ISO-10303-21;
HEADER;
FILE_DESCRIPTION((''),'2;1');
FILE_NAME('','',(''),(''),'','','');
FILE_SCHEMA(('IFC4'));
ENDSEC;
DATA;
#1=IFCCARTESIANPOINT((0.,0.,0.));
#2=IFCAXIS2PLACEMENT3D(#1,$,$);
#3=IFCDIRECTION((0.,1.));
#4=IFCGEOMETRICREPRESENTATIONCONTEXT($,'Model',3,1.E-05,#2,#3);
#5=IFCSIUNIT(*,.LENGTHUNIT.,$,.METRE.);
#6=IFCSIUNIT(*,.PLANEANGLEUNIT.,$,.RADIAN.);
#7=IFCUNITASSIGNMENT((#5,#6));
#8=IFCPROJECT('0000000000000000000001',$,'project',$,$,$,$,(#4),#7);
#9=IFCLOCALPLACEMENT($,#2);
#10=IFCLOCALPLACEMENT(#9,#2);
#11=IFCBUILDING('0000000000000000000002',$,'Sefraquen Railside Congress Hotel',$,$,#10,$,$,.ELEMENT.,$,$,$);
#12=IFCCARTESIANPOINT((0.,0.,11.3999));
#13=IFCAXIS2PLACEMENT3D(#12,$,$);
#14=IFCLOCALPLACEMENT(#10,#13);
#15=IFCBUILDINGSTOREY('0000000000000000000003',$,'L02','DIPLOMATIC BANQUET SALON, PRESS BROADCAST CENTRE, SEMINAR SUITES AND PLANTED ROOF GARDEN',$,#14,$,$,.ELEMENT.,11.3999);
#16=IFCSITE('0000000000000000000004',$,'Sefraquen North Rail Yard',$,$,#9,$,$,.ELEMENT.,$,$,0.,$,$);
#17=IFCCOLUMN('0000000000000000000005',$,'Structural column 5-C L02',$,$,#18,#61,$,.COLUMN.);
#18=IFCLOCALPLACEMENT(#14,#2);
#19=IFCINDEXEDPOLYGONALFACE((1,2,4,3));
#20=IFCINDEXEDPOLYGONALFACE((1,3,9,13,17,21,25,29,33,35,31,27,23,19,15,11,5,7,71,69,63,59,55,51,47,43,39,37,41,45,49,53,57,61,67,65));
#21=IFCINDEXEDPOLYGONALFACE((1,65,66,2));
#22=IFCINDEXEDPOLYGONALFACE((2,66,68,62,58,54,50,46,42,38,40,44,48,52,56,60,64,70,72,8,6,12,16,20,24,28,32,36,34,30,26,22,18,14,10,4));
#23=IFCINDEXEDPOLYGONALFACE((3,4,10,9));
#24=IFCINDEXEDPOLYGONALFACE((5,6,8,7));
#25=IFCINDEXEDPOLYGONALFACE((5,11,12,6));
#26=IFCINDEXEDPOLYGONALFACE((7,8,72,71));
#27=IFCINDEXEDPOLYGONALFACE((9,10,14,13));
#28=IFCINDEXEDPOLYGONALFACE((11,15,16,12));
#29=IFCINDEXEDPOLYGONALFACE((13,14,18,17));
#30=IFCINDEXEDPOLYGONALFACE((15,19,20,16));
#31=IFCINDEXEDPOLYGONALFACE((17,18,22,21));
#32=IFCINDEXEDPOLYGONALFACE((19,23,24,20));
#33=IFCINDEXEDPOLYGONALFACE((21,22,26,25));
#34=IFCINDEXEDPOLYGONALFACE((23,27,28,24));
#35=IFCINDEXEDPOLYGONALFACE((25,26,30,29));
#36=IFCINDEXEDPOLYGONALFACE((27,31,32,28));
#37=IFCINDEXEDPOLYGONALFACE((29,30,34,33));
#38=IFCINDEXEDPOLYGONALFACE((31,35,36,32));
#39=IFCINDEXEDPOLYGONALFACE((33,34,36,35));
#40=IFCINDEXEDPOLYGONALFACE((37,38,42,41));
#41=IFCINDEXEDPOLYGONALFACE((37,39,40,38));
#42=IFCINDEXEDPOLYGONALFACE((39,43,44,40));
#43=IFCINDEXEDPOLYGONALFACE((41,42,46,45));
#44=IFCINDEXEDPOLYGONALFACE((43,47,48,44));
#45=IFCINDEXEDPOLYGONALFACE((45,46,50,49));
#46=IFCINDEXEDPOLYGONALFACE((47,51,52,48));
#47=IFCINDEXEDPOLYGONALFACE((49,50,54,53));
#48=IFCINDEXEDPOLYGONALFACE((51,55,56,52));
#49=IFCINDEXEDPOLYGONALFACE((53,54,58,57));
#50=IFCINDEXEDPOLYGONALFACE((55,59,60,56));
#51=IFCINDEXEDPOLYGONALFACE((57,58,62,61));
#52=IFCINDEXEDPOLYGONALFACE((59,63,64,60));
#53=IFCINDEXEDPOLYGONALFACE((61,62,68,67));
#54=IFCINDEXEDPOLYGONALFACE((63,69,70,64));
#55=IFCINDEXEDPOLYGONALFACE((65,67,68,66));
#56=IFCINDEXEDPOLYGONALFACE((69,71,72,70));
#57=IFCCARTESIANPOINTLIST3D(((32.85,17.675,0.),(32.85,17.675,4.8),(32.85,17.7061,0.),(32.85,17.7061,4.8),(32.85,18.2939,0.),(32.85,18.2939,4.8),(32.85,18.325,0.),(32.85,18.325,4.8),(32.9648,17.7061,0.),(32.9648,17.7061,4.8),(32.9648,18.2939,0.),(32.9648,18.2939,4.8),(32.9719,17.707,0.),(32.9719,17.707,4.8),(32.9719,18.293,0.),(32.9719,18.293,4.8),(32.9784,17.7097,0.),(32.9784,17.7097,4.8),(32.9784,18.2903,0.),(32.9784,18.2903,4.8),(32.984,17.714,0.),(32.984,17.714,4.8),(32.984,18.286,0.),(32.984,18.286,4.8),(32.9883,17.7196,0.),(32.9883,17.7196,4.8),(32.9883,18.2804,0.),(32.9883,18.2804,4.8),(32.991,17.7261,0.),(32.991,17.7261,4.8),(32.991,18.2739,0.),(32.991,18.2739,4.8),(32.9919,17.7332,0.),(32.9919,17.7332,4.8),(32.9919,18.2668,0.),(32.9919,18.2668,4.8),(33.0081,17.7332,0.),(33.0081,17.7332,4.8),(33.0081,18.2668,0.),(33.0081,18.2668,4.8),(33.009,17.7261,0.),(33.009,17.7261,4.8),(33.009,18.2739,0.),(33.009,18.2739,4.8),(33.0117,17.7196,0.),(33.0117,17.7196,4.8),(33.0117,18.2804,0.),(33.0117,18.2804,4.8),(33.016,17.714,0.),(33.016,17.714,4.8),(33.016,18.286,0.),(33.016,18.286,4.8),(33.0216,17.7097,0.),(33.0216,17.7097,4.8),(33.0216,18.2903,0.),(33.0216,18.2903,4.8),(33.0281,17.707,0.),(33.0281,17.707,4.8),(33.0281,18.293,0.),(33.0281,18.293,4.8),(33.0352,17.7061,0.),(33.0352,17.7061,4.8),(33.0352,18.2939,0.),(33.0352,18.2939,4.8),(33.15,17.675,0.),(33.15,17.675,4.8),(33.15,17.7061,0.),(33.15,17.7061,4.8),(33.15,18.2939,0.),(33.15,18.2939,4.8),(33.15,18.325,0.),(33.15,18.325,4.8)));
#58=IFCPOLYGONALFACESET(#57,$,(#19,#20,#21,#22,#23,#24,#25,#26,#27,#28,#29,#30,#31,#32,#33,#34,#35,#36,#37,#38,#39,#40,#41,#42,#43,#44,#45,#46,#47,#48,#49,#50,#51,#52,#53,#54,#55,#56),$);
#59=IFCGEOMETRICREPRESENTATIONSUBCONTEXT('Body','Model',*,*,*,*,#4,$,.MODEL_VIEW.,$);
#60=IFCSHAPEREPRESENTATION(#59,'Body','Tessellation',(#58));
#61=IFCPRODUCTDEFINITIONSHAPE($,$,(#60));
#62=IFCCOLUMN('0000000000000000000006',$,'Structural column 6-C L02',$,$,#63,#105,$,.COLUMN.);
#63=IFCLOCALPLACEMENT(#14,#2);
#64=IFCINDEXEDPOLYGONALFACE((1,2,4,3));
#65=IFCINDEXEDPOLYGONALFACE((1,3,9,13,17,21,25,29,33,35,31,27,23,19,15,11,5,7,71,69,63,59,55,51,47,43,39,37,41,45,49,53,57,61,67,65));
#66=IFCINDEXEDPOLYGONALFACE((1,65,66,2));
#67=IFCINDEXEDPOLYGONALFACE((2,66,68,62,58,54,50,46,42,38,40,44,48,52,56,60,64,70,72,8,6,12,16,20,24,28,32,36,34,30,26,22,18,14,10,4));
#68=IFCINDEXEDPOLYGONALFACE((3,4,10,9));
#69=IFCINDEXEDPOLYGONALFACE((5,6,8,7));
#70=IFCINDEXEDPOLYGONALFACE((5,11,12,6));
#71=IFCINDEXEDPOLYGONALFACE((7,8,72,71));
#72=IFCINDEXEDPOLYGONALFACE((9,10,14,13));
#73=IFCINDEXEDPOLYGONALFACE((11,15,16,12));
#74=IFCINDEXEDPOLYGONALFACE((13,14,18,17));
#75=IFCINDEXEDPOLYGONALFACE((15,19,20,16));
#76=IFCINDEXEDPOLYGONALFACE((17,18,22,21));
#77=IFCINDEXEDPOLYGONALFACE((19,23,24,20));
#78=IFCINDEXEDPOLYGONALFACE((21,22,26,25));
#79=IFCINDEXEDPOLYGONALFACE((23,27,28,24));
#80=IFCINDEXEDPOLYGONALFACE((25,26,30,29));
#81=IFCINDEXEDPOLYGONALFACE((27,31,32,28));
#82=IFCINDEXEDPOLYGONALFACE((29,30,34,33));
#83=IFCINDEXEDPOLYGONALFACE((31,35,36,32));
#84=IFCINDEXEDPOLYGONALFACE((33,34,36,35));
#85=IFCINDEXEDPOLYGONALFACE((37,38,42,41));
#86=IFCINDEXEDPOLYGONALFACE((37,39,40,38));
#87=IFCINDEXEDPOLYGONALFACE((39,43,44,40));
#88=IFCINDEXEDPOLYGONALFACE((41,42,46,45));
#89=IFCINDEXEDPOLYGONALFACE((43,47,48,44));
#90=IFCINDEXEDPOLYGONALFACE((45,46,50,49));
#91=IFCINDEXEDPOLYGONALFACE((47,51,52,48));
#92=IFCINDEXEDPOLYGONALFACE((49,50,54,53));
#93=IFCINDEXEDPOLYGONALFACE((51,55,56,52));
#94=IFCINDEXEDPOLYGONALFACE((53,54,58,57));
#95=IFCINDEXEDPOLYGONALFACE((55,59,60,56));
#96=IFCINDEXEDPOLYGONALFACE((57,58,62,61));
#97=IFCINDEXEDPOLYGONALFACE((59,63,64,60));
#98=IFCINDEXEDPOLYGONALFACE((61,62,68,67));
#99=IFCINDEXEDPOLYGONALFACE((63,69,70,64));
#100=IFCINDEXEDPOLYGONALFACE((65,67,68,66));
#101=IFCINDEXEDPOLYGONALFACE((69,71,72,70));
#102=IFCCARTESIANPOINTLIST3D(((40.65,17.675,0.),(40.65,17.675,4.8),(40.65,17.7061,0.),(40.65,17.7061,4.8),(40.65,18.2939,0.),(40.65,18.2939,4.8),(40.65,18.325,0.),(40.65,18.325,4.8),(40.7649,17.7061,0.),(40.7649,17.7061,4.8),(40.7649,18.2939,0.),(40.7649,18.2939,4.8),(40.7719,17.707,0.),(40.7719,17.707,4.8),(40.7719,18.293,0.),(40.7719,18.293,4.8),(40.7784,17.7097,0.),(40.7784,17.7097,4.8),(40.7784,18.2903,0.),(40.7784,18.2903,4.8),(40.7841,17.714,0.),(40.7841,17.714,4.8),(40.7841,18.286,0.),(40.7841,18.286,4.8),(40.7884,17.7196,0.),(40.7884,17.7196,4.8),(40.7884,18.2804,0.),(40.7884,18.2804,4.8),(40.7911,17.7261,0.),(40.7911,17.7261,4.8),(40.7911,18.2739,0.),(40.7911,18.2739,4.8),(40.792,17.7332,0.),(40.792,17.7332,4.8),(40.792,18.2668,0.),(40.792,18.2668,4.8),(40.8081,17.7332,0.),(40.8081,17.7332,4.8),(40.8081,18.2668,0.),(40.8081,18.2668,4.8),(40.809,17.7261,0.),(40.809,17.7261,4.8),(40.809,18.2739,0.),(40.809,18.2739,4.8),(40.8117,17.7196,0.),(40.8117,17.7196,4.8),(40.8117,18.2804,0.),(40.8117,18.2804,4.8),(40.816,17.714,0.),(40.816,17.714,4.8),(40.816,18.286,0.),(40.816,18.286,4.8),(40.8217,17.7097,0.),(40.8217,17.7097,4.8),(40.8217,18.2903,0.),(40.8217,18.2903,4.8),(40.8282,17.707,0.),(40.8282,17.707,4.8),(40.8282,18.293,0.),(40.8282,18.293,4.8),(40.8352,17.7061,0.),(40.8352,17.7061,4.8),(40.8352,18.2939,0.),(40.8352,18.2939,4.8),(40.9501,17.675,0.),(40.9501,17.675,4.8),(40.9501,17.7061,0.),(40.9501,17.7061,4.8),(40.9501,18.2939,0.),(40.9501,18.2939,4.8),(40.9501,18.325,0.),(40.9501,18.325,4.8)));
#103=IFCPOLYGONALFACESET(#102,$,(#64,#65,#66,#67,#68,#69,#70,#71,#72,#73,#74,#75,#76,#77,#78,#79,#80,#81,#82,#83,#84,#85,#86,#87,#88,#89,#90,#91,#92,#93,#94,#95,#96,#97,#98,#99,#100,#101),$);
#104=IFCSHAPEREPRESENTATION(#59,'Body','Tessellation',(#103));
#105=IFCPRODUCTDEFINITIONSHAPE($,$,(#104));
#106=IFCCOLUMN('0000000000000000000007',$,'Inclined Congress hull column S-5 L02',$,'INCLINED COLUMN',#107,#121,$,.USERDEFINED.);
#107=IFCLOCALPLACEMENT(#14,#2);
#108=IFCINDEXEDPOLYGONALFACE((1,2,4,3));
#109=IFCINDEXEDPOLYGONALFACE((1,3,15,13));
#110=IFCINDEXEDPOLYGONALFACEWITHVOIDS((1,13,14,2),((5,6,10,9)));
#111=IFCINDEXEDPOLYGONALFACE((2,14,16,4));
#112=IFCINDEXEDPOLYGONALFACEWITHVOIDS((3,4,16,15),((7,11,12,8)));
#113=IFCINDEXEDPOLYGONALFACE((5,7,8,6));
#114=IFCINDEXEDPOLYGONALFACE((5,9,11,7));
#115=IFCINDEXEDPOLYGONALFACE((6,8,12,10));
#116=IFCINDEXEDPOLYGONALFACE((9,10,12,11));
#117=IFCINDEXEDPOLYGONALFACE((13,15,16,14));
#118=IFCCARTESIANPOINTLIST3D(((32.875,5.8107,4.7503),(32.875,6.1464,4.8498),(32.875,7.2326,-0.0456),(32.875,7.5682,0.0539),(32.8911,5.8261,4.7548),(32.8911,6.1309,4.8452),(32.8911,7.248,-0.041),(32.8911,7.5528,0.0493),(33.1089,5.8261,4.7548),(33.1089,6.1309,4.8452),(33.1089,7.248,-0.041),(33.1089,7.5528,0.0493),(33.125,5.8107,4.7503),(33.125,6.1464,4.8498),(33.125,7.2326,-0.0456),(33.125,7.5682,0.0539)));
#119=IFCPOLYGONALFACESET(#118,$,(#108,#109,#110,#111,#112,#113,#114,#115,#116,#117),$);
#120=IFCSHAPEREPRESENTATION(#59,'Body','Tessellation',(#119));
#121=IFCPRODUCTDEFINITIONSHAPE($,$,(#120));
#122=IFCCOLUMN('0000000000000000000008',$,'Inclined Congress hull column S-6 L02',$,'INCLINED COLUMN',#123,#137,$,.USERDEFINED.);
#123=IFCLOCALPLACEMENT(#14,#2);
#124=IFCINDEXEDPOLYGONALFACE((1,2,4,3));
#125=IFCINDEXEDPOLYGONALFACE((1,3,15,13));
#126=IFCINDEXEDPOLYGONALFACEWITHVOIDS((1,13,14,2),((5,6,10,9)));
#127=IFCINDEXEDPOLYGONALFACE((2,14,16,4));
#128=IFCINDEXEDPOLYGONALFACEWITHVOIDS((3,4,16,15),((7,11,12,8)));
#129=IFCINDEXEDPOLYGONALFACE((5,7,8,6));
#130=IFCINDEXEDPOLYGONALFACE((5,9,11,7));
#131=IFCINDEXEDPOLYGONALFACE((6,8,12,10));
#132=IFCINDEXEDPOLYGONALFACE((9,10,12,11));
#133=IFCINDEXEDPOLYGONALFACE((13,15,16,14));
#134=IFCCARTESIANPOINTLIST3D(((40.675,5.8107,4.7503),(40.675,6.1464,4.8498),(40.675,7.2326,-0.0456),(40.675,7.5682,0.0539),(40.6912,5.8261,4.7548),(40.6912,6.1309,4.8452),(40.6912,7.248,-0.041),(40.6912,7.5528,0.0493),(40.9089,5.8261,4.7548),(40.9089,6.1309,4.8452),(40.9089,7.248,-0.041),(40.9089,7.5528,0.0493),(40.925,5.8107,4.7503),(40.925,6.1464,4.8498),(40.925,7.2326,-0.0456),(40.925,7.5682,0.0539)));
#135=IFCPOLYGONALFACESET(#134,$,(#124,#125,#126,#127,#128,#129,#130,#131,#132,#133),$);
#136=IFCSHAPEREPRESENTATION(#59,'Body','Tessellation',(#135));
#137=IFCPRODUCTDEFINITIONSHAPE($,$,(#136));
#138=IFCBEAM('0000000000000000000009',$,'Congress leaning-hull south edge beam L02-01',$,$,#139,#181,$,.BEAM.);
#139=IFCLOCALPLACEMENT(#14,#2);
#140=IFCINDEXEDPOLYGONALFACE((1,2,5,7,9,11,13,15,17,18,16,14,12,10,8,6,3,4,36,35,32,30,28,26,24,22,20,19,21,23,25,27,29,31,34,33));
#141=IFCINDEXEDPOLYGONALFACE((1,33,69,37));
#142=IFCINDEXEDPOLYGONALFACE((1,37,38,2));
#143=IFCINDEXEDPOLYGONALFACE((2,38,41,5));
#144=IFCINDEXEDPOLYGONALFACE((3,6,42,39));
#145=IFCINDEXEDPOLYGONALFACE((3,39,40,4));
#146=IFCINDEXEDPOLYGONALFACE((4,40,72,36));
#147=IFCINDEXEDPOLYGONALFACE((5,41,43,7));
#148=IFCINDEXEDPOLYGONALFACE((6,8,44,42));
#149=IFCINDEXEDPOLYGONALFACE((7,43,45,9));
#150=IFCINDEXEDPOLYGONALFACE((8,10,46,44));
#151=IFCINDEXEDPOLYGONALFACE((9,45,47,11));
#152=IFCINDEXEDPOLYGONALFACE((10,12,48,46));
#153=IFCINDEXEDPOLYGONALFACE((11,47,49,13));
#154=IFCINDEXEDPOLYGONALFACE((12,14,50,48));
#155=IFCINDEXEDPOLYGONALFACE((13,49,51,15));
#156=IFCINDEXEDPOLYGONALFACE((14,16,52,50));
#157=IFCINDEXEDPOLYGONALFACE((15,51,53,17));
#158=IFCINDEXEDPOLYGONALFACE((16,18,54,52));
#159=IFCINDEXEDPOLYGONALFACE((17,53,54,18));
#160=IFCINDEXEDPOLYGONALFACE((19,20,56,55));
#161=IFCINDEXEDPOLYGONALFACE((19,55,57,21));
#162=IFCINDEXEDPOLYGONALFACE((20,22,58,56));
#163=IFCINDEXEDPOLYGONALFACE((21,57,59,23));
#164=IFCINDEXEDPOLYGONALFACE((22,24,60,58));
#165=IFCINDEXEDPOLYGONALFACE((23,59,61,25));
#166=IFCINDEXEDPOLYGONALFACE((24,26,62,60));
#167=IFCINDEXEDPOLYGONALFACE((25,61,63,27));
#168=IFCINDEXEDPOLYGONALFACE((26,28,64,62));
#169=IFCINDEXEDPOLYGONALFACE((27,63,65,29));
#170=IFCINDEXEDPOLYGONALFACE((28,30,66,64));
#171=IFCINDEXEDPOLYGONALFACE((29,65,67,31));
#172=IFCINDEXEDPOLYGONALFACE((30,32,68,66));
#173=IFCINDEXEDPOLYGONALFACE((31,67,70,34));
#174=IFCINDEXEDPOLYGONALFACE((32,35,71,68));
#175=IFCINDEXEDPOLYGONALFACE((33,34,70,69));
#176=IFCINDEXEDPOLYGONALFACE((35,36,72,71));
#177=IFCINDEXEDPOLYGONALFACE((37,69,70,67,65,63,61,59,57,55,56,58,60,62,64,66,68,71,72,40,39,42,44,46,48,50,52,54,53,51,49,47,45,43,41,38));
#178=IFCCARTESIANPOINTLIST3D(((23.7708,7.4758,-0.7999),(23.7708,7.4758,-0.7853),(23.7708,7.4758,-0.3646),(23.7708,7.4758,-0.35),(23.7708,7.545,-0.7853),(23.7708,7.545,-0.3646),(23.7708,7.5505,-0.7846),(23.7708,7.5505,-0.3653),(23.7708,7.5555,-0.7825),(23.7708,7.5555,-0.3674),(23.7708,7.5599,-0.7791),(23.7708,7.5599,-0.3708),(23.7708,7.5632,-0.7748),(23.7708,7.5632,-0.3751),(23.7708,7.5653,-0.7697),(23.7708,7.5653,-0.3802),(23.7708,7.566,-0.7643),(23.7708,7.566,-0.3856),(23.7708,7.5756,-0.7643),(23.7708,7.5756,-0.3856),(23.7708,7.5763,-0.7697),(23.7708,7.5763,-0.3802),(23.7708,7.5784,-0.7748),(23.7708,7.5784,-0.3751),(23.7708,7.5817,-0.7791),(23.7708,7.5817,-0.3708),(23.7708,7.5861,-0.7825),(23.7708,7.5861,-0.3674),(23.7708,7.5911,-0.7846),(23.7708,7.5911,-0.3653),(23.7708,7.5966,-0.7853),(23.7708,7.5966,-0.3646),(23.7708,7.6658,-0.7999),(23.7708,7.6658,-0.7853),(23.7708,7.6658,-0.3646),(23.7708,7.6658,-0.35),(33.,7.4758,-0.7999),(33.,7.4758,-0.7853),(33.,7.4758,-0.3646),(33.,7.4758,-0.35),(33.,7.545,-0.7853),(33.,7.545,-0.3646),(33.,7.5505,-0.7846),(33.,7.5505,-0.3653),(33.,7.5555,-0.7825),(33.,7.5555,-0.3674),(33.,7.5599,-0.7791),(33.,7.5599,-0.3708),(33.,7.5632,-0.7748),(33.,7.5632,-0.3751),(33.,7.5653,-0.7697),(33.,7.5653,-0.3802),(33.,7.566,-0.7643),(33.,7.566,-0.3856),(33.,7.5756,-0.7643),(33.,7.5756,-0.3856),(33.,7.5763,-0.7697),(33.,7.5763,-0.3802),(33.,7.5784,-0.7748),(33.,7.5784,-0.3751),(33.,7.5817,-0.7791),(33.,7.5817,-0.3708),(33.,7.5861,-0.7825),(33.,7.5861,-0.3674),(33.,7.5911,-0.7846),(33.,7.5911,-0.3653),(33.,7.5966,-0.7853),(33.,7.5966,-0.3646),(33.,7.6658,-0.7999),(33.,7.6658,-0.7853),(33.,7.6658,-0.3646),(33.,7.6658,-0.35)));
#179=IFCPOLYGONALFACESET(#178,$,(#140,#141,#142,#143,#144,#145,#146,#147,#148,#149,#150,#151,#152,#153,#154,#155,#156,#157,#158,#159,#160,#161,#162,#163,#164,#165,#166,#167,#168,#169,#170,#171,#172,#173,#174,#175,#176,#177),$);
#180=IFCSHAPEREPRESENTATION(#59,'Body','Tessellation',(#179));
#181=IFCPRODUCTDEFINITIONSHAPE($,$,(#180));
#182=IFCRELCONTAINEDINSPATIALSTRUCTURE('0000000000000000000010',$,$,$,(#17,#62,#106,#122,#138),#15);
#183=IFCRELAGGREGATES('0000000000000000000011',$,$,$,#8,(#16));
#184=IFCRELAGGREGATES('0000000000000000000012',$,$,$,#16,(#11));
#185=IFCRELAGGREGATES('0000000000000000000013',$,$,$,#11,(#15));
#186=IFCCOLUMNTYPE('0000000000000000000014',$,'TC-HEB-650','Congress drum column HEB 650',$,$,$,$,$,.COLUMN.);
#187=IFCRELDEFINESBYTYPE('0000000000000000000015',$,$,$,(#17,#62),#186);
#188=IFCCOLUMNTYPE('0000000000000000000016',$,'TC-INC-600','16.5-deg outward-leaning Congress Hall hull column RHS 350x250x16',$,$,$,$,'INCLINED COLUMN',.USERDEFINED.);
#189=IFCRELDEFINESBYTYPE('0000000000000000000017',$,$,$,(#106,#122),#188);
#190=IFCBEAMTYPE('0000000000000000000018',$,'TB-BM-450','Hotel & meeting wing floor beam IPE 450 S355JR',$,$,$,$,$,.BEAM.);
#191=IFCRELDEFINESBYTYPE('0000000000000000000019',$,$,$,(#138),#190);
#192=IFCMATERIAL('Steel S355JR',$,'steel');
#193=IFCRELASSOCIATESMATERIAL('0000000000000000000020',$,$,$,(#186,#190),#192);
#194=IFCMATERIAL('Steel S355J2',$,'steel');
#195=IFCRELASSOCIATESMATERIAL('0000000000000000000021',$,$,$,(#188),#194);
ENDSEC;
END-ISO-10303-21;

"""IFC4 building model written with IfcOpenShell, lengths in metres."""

from ifc_helpers import new_model, si_unit, direction, frame, origin, origin_2d, place, context, subcontext, project, spatial, hollow_rectangle, i_section, extrude, material, material_profile, profile_set, type_object, element, save


model = new_model("IFC4")

# Units and contexts
model_context = context("Model", 3, precision=1e-05, world=origin(), true_north=direction((0.0, 1.0)))
body_context = subcontext(model_context, "Body", "Model", "MODEL_VIEW")
ifc_project = project(units=[si_unit("LENGTHUNIT", "METRE"), si_unit("PLANEANGLEUNIT", "RADIAN")], contexts=[model_context])

# Site, building, storey
site_placement = place(None, origin())
site = spatial("IfcSite", under=ifc_project, at=site_placement, Name="Sefraquen North Rail Yard", CompositionType="ELEMENT", RefElevation=0.0)
building_placement = place(site_placement, origin())
building = spatial("IfcBuilding", under=site, at=building_placement, Name="Sefraquen Railside Congress Hotel", CompositionType="ELEMENT")
storey_placement = place(building_placement, frame((0.0, 0.0, 11.3999)))
storey = spatial("IfcBuildingStorey", under=building, at=storey_placement, Name="L02", Description="DIPLOMATIC BANQUET SALON, PRESS BROADCAST CENTRE, SEMINAR SUITES AND PLANTED ROOF GARDEN", CompositionType="ELEMENT", Elevation=11.3999)

# Columns
ifc_material_1 = material(Name="Steel S355JR", Category="steel")
ifc_material_profile_1 = material_profile(ifc_material_1, i_section(OverallWidth=0.3, OverallDepth=0.6499, WebThickness=0.0161, FlangeThickness=0.031, FilletRadius=0.0271, at=origin_2d()), Name="HEB 650")
ifc_profile_set_1 = profile_set([ifc_material_profile_1], Name="Steel S355JR")
column_type_1 = type_object("IfcColumnType", Name="TC-HEB-650", Description="Congress drum column HEB 650", PredefinedType="COLUMN", material=ifc_profile_set_1)
for number, where, z_axis, x_axis, name in (
    (1, (33.0, 18.0, 0.0), (0.0, 0.0, 1.0), (1.0, 0.0, 0.0), "Structural column 5-C L02"),
    (2, (40.8, 18.0, 0.0), (0.0, 0.0, 1.0), (1.0, 0.0, 0.0), "Structural column 6-C L02"),
):
    element("IfcColumn", number, at=place(storey_placement, frame(where, z_axis=z_axis, x_axis=x_axis)), inside=storey, type_object=column_type_1, Name=name, PredefinedType="COLUMN", context=body_context, shape_type="SweptSolid", body=[
        extrude(i_section(OverallWidth=0.3, OverallDepth=0.6499, WebThickness=0.0161, FlangeThickness=0.031, FilletRadius=0.0271, at=origin_2d()), origin(), (0.0, 0.0, 1.0), 4.8),
    ])
ifc_material_2 = material(Name="Steel S355J2", Category="steel")
ifc_material_profile_2 = material_profile(ifc_material_2, hollow_rectangle(XDim=0.25, YDim=0.3501, WallThickness=0.0161, at=origin_2d()), Name="RHS 350x250x16")
ifc_profile_set_2 = profile_set([ifc_material_profile_2], Name="Steel S355J2")
column_type_2 = type_object("IfcColumnType", Name="TC-INC-600", Description="16.5-deg outward-leaning Congress Hall hull column RHS 350x250x16", ElementType="INCLINED COLUMN", PredefinedType="USERDEFINED", material=ifc_profile_set_2)
for number, where, z_axis, x_axis, name in (
    (3, (33.0, 7.4004, 0.0042), (0.0, -0.284248, 0.958751), (1.0, 0.0, 0.0), "Inclined Congress hull column S-5 L02"),
    (4, (40.8, 7.4004, 0.0042), (0.0, -0.284248, 0.958751), (1.0, 0.0, 0.0), "Inclined Congress hull column S-6 L02"),
):
    element("IfcColumn", number, at=place(storey_placement, frame(where, z_axis=z_axis, x_axis=x_axis)), inside=storey, type_object=column_type_2, Name=name, ObjectType="INCLINED COLUMN", PredefinedType="USERDEFINED", context=body_context, shape_type="SweptSolid", body=[
        extrude(hollow_rectangle(XDim=0.25, YDim=0.3501, WallThickness=0.0161, at=origin_2d()), origin(), (0.0, 0.0, 1.0), 5.0022),
    ])

# Beam
ifc_material_profile_3 = material_profile(ifc_material_1, i_section(OverallWidth=0.1899, OverallDepth=0.45, WebThickness=0.0095, FlangeThickness=0.0146, FilletRadius=0.021, at=origin_2d()), Name="IPE 450")
ifc_profile_set_3 = profile_set([ifc_material_profile_3], Name="Steel S355JR")
beam_type_1 = type_object("IfcBeamType", Name="TB-BM-450", Description="Hotel & meeting wing floor beam IPE 450 S355JR", PredefinedType="BEAM", material=ifc_profile_set_3)
beam_1_placement = place(storey_placement, frame((23.7708, 7.5708, -0.575), z_axis=(1.0, 0.0, 0.0), x_axis=(0.0, 1.0, 0.0)))
element("IfcBeam", 5, at=beam_1_placement, inside=storey, type_object=beam_type_1, Name="Congress leaning-hull south edge beam L02-01", PredefinedType="BEAM", context=body_context, shape_type="SweptSolid", body=[
    extrude(i_section(OverallWidth=0.1899, OverallDepth=0.45, WebThickness=0.0095, FlangeThickness=0.0146, FilletRadius=0.021, at=origin_2d()), origin(), (0.0, 0.0, 1.0), 9.2292),
])

save(model, "model.ifc")
